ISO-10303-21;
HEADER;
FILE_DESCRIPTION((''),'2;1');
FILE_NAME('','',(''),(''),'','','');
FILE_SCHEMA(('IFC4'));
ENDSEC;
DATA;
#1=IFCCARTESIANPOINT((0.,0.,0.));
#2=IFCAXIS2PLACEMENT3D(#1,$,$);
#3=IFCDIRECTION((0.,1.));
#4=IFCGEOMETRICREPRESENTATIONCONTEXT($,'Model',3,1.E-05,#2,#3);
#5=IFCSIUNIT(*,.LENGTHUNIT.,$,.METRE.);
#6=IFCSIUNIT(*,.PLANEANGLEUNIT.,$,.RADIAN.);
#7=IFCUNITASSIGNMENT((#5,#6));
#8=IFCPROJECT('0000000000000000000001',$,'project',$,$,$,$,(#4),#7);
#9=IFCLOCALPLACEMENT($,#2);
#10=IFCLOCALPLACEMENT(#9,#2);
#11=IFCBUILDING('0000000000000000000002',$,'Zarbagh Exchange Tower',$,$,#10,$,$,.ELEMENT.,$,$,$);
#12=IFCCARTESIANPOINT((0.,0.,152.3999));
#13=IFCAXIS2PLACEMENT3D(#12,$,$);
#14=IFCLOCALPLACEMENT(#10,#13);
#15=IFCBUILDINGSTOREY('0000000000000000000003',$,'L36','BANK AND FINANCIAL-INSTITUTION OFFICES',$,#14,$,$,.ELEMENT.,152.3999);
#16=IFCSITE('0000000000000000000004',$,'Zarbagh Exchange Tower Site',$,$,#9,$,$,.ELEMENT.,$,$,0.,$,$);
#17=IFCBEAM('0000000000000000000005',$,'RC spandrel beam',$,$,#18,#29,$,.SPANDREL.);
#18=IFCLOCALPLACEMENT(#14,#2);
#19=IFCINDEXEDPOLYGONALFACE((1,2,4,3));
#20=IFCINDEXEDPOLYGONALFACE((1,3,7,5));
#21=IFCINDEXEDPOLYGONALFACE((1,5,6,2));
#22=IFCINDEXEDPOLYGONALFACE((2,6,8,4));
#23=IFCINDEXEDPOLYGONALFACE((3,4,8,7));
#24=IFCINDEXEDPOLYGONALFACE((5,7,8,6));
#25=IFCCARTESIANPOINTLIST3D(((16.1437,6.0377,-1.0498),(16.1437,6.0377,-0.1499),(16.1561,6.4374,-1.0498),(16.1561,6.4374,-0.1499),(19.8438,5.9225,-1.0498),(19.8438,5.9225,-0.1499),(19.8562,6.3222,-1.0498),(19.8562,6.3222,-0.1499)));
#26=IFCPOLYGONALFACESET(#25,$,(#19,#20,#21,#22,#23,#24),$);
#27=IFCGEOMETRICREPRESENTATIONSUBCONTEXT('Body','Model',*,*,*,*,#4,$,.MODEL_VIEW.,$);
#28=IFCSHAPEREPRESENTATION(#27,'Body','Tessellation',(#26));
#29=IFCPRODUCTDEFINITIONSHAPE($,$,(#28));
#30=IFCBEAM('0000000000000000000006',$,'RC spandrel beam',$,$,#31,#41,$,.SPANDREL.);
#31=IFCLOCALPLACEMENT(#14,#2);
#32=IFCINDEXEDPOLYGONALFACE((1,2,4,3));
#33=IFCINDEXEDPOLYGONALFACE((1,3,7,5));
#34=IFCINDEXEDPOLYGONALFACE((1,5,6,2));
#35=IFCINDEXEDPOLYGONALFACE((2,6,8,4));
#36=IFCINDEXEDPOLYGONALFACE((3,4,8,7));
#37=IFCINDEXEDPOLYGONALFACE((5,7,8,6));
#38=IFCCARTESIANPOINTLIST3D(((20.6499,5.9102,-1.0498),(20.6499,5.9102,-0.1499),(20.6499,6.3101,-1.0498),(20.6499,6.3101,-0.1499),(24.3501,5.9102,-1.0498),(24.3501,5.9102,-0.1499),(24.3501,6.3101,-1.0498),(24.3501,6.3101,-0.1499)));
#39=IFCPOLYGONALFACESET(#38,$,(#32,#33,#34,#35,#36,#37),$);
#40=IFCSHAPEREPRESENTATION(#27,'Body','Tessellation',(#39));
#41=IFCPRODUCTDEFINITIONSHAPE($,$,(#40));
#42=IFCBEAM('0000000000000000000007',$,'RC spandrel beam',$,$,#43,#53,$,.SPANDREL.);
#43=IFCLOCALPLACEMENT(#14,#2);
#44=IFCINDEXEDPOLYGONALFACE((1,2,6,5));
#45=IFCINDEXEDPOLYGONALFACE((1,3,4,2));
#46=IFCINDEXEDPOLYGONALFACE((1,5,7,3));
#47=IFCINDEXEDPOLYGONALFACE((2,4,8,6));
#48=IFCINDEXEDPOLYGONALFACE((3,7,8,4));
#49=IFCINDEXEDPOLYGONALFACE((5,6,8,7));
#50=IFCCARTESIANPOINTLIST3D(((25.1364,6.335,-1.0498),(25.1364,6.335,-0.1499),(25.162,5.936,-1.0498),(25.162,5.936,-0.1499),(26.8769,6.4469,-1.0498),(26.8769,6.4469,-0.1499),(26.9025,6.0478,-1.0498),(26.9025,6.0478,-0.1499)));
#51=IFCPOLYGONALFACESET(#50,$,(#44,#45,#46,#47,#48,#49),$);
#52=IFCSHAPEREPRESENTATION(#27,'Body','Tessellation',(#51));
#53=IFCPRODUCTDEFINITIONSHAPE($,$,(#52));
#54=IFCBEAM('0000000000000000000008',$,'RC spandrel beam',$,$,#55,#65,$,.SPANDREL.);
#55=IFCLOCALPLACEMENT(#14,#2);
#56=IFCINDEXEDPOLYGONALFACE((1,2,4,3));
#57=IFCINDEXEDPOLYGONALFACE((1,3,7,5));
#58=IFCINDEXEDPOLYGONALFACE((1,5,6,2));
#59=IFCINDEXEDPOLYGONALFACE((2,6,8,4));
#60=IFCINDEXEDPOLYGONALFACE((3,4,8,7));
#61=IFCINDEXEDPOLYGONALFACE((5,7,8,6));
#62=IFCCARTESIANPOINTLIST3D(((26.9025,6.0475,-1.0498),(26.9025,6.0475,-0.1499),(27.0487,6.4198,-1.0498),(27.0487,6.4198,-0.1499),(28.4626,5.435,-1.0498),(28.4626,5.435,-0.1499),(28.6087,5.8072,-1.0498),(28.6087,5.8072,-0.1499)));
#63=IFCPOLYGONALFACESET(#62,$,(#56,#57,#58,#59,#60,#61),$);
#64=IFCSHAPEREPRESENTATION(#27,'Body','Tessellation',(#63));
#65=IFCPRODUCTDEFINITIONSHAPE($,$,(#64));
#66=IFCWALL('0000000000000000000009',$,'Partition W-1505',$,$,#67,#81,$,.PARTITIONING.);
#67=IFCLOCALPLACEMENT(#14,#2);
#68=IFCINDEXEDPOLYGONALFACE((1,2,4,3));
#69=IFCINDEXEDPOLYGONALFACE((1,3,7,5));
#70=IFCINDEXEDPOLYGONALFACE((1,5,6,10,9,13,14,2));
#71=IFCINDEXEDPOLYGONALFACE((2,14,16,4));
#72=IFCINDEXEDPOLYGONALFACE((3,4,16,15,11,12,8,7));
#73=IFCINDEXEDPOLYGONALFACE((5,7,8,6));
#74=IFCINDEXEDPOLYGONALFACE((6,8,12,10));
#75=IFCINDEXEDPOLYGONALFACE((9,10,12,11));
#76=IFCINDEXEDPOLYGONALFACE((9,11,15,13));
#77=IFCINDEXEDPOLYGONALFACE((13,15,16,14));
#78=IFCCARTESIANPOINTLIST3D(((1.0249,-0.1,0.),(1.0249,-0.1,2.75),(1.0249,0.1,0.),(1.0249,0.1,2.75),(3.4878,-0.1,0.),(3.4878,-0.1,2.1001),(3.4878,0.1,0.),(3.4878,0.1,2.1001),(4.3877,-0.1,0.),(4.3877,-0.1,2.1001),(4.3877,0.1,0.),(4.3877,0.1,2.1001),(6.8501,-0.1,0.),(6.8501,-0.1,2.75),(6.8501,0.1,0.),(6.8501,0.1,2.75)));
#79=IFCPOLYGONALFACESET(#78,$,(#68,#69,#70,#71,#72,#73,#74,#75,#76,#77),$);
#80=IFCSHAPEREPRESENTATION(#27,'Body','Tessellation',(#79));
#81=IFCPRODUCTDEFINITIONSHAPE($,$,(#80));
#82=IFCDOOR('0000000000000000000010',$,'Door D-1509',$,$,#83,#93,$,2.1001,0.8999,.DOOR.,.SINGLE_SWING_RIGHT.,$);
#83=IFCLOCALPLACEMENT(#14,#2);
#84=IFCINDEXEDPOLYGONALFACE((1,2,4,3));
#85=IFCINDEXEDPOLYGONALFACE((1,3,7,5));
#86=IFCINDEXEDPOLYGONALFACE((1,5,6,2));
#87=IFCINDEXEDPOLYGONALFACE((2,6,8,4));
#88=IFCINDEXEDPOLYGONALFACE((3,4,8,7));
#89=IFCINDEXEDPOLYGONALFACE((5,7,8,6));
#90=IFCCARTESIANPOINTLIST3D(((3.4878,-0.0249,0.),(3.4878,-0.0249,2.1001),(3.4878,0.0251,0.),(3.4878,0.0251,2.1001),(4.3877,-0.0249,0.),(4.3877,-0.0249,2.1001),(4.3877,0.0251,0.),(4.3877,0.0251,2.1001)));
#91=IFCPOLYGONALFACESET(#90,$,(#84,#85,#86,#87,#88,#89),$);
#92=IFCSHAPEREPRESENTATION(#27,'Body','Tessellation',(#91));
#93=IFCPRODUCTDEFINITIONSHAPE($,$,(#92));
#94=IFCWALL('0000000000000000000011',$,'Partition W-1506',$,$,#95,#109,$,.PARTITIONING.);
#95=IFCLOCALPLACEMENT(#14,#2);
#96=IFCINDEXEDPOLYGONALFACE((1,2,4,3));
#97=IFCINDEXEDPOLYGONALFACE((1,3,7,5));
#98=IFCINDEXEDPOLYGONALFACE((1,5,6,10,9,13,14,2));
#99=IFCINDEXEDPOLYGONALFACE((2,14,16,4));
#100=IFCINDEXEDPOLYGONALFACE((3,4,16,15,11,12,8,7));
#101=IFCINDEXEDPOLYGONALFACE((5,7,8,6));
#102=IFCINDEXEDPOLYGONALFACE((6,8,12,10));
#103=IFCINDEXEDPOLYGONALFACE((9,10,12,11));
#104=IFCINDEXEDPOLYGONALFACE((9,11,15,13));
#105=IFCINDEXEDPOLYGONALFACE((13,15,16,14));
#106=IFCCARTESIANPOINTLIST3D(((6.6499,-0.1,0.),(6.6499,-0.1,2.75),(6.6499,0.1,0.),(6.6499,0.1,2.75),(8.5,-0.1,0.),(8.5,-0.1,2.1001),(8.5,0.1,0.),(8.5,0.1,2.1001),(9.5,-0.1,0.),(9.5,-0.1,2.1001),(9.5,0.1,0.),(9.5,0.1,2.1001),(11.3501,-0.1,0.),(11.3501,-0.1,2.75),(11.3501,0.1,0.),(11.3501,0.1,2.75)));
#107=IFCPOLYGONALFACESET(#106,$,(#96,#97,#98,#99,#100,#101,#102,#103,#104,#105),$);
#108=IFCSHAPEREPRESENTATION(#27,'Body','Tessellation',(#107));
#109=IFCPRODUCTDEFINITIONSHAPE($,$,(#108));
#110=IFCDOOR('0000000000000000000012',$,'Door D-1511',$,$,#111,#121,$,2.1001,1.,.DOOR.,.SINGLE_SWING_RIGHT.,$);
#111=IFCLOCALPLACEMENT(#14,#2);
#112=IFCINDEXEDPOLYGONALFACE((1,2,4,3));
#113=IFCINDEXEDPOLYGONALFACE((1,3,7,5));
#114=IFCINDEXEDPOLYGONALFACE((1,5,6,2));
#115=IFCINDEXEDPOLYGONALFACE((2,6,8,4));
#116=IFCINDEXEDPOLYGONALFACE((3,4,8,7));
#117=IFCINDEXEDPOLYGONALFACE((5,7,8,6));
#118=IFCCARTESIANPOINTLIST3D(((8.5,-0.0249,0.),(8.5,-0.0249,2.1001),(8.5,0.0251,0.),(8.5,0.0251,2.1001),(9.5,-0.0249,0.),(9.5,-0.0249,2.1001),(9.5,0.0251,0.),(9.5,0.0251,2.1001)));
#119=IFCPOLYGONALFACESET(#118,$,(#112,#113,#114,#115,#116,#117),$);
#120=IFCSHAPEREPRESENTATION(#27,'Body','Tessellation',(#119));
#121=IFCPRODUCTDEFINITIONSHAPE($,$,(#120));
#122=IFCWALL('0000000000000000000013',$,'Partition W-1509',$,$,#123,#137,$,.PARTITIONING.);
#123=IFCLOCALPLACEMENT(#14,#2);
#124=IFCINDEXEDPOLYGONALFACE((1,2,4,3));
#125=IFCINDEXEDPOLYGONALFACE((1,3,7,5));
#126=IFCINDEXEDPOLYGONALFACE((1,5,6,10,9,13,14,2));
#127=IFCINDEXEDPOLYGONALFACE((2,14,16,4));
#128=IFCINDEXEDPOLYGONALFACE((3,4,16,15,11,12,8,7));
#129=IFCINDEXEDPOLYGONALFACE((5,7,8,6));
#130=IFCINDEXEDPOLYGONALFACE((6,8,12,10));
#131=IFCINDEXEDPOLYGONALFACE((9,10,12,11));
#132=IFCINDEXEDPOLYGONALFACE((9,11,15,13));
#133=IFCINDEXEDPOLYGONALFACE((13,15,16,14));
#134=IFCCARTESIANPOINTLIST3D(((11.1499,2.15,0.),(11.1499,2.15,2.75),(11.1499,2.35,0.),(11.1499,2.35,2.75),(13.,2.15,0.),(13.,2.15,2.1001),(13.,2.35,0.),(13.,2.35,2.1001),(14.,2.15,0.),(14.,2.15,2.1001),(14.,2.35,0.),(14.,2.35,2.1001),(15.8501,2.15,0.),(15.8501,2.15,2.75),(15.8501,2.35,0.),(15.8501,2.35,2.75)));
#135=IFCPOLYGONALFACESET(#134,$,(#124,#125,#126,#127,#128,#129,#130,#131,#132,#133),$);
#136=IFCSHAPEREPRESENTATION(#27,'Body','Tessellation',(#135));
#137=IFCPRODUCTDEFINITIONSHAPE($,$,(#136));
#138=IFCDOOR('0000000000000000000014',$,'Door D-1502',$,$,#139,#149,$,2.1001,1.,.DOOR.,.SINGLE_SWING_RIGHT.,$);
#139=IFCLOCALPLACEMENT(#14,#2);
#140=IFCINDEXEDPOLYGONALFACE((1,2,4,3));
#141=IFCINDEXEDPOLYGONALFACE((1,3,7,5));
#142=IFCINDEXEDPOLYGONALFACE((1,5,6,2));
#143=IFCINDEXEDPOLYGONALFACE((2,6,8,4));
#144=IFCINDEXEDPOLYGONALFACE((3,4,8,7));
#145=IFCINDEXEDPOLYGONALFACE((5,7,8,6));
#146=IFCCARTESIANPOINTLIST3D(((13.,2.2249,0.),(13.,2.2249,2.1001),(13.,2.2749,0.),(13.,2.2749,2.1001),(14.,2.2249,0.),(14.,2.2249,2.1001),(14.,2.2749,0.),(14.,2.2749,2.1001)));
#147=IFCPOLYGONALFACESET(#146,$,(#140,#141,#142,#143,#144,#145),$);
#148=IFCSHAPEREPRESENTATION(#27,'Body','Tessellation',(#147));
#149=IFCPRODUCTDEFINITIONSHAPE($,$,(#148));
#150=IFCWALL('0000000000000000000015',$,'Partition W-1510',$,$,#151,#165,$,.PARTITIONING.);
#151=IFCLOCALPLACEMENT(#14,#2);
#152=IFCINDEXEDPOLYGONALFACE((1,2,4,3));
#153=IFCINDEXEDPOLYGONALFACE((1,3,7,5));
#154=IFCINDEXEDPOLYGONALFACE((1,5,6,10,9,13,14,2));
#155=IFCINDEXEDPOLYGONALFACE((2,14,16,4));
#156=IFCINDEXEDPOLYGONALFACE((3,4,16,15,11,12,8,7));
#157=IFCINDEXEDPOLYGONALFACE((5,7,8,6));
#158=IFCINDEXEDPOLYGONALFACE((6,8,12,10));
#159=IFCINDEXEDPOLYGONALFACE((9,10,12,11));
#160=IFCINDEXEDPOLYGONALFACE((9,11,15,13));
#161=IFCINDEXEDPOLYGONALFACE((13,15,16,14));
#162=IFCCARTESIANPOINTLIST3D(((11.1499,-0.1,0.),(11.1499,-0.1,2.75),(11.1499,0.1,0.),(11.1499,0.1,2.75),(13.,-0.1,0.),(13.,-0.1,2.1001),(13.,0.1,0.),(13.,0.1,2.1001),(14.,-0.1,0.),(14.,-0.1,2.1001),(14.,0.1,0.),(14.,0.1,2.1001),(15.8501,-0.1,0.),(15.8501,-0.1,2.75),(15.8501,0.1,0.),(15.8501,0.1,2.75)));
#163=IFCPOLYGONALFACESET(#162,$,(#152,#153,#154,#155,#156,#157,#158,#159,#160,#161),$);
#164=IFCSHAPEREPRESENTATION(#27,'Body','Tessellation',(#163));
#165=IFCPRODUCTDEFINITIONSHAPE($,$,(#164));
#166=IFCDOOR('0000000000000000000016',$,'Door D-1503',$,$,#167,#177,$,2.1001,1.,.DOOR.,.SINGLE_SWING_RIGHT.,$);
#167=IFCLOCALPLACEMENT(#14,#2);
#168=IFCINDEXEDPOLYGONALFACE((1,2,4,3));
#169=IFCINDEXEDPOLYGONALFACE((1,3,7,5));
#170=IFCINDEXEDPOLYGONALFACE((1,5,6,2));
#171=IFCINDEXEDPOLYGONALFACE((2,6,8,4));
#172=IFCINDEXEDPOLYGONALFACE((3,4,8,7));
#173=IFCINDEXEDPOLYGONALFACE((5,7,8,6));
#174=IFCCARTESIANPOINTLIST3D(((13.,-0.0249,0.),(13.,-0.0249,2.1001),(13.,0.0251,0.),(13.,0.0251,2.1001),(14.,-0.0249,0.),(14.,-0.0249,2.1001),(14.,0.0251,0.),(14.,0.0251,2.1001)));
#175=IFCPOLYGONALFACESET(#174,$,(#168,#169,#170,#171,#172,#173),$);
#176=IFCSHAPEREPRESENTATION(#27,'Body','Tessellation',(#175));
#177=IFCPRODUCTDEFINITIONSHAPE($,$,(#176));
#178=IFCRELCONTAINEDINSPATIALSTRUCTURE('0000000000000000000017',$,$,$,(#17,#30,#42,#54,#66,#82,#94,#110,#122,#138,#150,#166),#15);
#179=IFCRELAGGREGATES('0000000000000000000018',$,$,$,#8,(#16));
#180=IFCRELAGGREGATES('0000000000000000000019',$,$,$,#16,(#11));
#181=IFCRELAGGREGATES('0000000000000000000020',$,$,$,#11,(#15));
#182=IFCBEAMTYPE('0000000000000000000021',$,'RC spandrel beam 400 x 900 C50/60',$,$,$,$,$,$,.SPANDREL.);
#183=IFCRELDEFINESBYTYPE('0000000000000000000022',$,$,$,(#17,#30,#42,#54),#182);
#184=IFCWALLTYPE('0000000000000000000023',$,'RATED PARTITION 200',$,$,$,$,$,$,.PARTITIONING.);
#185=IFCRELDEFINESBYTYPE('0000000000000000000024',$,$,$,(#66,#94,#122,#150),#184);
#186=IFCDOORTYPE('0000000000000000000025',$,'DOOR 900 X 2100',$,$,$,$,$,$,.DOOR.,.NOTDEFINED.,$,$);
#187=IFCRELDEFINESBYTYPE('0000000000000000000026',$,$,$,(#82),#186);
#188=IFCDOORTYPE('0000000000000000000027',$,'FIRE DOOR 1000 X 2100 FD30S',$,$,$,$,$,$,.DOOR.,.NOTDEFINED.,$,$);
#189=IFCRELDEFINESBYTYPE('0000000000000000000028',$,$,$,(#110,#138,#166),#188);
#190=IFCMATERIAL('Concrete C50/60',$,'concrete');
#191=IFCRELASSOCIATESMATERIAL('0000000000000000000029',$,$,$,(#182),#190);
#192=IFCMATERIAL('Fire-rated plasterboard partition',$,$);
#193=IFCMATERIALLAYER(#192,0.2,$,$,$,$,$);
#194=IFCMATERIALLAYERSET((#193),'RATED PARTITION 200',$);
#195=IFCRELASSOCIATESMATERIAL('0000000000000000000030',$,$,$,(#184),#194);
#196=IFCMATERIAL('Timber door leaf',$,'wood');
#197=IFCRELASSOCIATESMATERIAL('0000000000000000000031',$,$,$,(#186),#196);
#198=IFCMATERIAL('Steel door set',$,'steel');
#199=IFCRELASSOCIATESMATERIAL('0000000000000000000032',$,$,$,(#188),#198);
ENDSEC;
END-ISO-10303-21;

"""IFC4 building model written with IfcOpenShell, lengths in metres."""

from ifc_helpers import new_model, si_unit, direction, frame, frame_2d, origin, origin_2d, place, context, subcontext, project, spatial, rectangle, extrude, material, layer, layer_set, material_profile, profile_set, type_object, element, fill, save


model = new_model("IFC4")

# Units and contexts
model_context = context("Model", 3, precision=1e-05, world=origin(), true_north=direction((0.0, 1.0)))
body_context = subcontext(model_context, "Body", "Model", "MODEL_VIEW")
ifc_project = project(units=[si_unit("LENGTHUNIT", "METRE"), si_unit("PLANEANGLEUNIT", "RADIAN")], contexts=[model_context])

# Site, building, storey
site_placement = place(None, origin())
site = spatial("IfcSite", under=ifc_project, at=site_placement, Name="Zarbagh Exchange Tower Site", CompositionType="ELEMENT", RefElevation=0.0)
building_placement = place(site_placement, origin())
building = spatial("IfcBuilding", under=site, at=building_placement, Name="Zarbagh Exchange Tower", CompositionType="ELEMENT")
storey_placement = place(building_placement, frame((0.0, 0.0, 152.3999)))
storey = spatial("IfcBuildingStorey", under=building, at=storey_placement, Name="L36", Description="BANK AND FINANCIAL-INSTITUTION OFFICES", CompositionType="ELEMENT", Elevation=152.3999)

# Shared definitions
ifc_material_1 = material(Name="Concrete C50/60", Category="concrete")

# Beams
ifc_material_profile_1 = material_profile(ifc_material_1, rectangle(XDim=0.3999, YDim=0.8999, at=origin_2d()), Name="RC spandrel beam 400 x 900 C50/60")
ifc_profile_set_1 = profile_set([ifc_material_profile_1], Name="Concrete C50/60")
beam_type_1 = type_object("IfcBeamType", Name="RC spandrel beam 400 x 900 C50/60", PredefinedType="SPANDREL", material=ifc_profile_set_1)
beam_1_placement = place(storey_placement, frame((16.1499, 6.2375, -0.5999), z_axis=(0.999515, -0.031128, 0.0), x_axis=(0.031128, 0.999515, 0.0)))
element("IfcBeam", 1, at=beam_1_placement, inside=storey, type_object=beam_type_1, Name="RC spandrel beam", PredefinedType="SPANDREL", context=body_context, shape_type="SweptSolid", body=[
    extrude(rectangle(XDim=0.3999, YDim=0.8999, at=origin_2d()), origin(), (0.0, 0.0, 1.0), 3.7019),
])
beam_2_placement = place(storey_placement, frame((20.6499, 6.1101, -0.5999), z_axis=(1.0, 0.0, 0.0), x_axis=(0.0, 1.0, 0.0)))
element("IfcBeam", 2, at=beam_2_placement, inside=storey, type_object=beam_type_1, Name="RC spandrel beam", PredefinedType="SPANDREL", context=body_context, shape_type="SweptSolid", body=[
    extrude(rectangle(XDim=0.3999, YDim=0.8999, at=origin_2d()), origin(), (0.0, 0.0, 1.0), 3.7002),
])
beam_3_placement = place(storey_placement, frame((25.1492, 6.1355, -0.5999), z_axis=(0.997943, 0.064112, 0.0), x_axis=(-0.064112, 0.997943, 0.0)))
element("IfcBeam", 3, at=beam_3_placement, inside=storey, type_object=beam_type_1, Name="RC spandrel beam", PredefinedType="SPANDREL", context=body_context, shape_type="SweptSolid", body=[
    extrude(rectangle(XDim=0.3999, YDim=0.8999, at=origin_2d()), origin(), (0.0, 0.0, 1.0), 1.7441),
])
beam_4_placement = place(storey_placement, frame((26.9756, 6.2336, -0.5999), z_axis=(0.930819, -0.365481, 0.0), x_axis=(0.365481, 0.930819, 0.0)))
element("IfcBeam", 4, at=beam_4_placement, inside=storey, type_object=beam_type_1, Name="RC spandrel beam", PredefinedType="SPANDREL", context=body_context, shape_type="SweptSolid", body=[
    extrude(rectangle(XDim=0.3999, YDim=0.8999, at=origin_2d()), origin(), (0.0, 0.0, 1.0), 1.676),
])

# Walls, openings, doors
ifc_material_2 = material(Name="Fire-rated plasterboard partition")
ifc_layer = layer(ifc_material_2, 0.2)
ifc_layer_set = layer_set([ifc_layer], Name="RATED PARTITION 200")
wall_type = type_object("IfcWallType", Name="RATED PARTITION 200", PredefinedType="PARTITIONING", material=ifc_layer_set)
wall_1_placement = place(storey_placement, frame((6.8501, 0.0, 0.0), z_axis=(0.0, 0.0, 1.0), x_axis=(-1.0, 0.0, 0.0)))
wall_1 = element("IfcWall", 5, at=wall_1_placement, inside=storey, type_object=wall_type, Name="Partition W-1505", PredefinedType="PARTITIONING", context=body_context, shape_type="SweptSolid", body=[
    extrude(rectangle(XDim=5.8252, YDim=0.2, at=frame_2d((2.9126, 0.0))), origin(), (0.0, 0.0, 1.0), 2.75),
])
opening_1_placement = place(wall_1_placement, frame((2.4624, 0.0, 0.0)))
opening_1 = element("IfcOpeningElement", 6, at=opening_1_placement, cuts=wall_1, PredefinedType="OPENING", context=body_context, shape_type="SweptSolid", body=[
    extrude(rectangle(XDim=0.8999, YDim=2.1001, at=frame_2d((0.45, 1.05))), frame((0.0, 0.1099, 0.0), z_axis=(0.0, -1.0, 0.0), x_axis=(1.0, 0.0, 0.0)), (0.0, 0.0, 1.0), 0.22),
])
ifc_material_3 = material(Name="Timber door leaf", Category="wood")
door_type_1 = type_object("IfcDoorType", Name="DOOR 900 X 2100", OperationType="NOTDEFINED", PredefinedType="DOOR", material=ifc_material_3)
door_1_placement = place(opening_1_placement, origin())
door_1 = element("IfcDoor", 7, at=door_1_placement, inside=storey, type_object=door_type_1, Name="Door D-1509", OperationType="SINGLE_SWING_RIGHT", OverallHeight=2.1001, OverallWidth=0.8999, PredefinedType="DOOR", context=body_context, shape_type="SweptSolid", body=[
    extrude(rectangle(XDim=0.8999, YDim=2.1001, at=frame_2d((0.45, 1.05))), frame((0.0, 0.0249, 0.0), z_axis=(0.0, -1.0, 0.0), x_axis=(1.0, 0.0, 0.0)), (0.0, 0.0, 1.0), 0.05),
])
fill(opening_1, door_1)
wall_2_placement = place(storey_placement, frame((11.3501, 0.0, 0.0), z_axis=(0.0, 0.0, 1.0), x_axis=(-1.0, 0.0, 0.0)))
wall_2 = element("IfcWall", 8, at=wall_2_placement, inside=storey, type_object=wall_type, Name="Partition W-1506", PredefinedType="PARTITIONING", context=body_context, shape_type="SweptSolid", body=[
    extrude(rectangle(XDim=4.7002, YDim=0.2, at=frame_2d((2.3501, 0.0))), origin(), (0.0, 0.0, 1.0), 2.75),
])
opening_2_placement = place(wall_2_placement, frame((1.8501, 0.0, 0.0)))
opening_2 = element("IfcOpeningElement", 9, at=opening_2_placement, cuts=wall_2, PredefinedType="OPENING", context=body_context, shape_type="SweptSolid", body=[
    extrude(rectangle(XDim=1.0, YDim=2.1001, at=frame_2d((0.5, 1.05))), frame((0.0, 0.1099, 0.0), z_axis=(0.0, -1.0, 0.0), x_axis=(1.0, 0.0, 0.0)), (0.0, 0.0, 1.0), 0.22),
])
ifc_material_4 = material(Name="Steel door set", Category="steel")
door_type_2 = type_object("IfcDoorType", Name="FIRE DOOR 1000 X 2100 FD30S", OperationType="NOTDEFINED", PredefinedType="DOOR", material=ifc_material_4)
door_2_placement = place(opening_2_placement, origin())
door_2 = element("IfcDoor", 10, at=door_2_placement, inside=storey, type_object=door_type_2, Name="Door D-1511", OperationType="SINGLE_SWING_RIGHT", OverallHeight=2.1001, OverallWidth=1.0, PredefinedType="DOOR", context=body_context, shape_type="SweptSolid", body=[
    extrude(rectangle(XDim=1.0, YDim=2.1001, at=frame_2d((0.5, 1.05))), frame((0.0, 0.0249, 0.0), z_axis=(0.0, -1.0, 0.0), x_axis=(1.0, 0.0, 0.0)), (0.0, 0.0, 1.0), 0.05),
])
fill(opening_2, door_2)
wall_3_placement = place(storey_placement, frame((11.1499, 2.25, 0.0), z_axis=(0.0, 0.0, 1.0), x_axis=(1.0, 0.0, 0.0)))
wall_3 = element("IfcWall", 11, at=wall_3_placement, inside=storey, type_object=wall_type, Name="Partition W-1509", PredefinedType="PARTITIONING", context=body_context, shape_type="SweptSolid", body=[
    extrude(rectangle(XDim=4.7002, YDim=0.2, at=frame_2d((2.3501, 0.0))), origin(), (0.0, 0.0, 1.0), 2.75),
])
opening_3_placement = place(wall_3_placement, frame((1.8501, 0.0, 0.0)))
opening_3 = element("IfcOpeningElement", 12, at=opening_3_placement, cuts=wall_3, PredefinedType="OPENING", context=body_context, shape_type="SweptSolid", body=[
    extrude(rectangle(XDim=1.0, YDim=2.1001, at=frame_2d((0.5, 1.05))), frame((0.0, 0.1099, 0.0), z_axis=(0.0, -1.0, 0.0), x_axis=(1.0, 0.0, 0.0)), (0.0, 0.0, 1.0), 0.22),
])
door_3_placement = place(opening_3_placement, origin())
door_3 = element("IfcDoor", 13, at=door_3_placement, inside=storey, type_object=door_type_2, Name="Door D-1502", OperationType="SINGLE_SWING_RIGHT", OverallHeight=2.1001, OverallWidth=1.0, PredefinedType="DOOR", context=body_context, shape_type="SweptSolid", body=[
    extrude(rectangle(XDim=1.0, YDim=2.1001, at=frame_2d((0.5, 1.05))), frame((0.0, 0.0249, 0.0), z_axis=(0.0, -1.0, 0.0), x_axis=(1.0, 0.0, 0.0)), (0.0, 0.0, 1.0), 0.05),
])
fill(opening_3, door_3)
wall_4_placement = place(storey_placement, frame((15.8501, 0.0, 0.0), z_axis=(0.0, 0.0, 1.0), x_axis=(-1.0, 0.0, 0.0)))
wall_4 = element("IfcWall", 14, at=wall_4_placement, inside=storey, type_object=wall_type, Name="Partition W-1510", PredefinedType="PARTITIONING", context=body_context, shape_type="SweptSolid", body=[
    extrude(rectangle(XDim=4.7002, YDim=0.2, at=frame_2d((2.3501, 0.0))), origin(), (0.0, 0.0, 1.0), 2.75),
])
opening_4_placement = place(wall_4_placement, frame((1.8501, 0.0, 0.0)))
opening_4 = element("IfcOpeningElement", 15, at=opening_4_placement, cuts=wall_4, PredefinedType="OPENING", context=body_context, shape_type="SweptSolid", body=[
    extrude(rectangle(XDim=1.0, YDim=2.1001, at=frame_2d((0.5, 1.05))), frame((0.0, 0.1099, 0.0), z_axis=(0.0, -1.0, 0.0), x_axis=(1.0, 0.0, 0.0)), (0.0, 0.0, 1.0), 0.22),
])
door_4_placement = place(opening_4_placement, origin())
door_4 = element("IfcDoor", 16, at=door_4_placement, inside=storey, type_object=door_type_2, Name="Door D-1503", OperationType="SINGLE_SWING_RIGHT", OverallHeight=2.1001, OverallWidth=1.0, PredefinedType="DOOR", context=body_context, shape_type="SweptSolid", body=[
    extrude(rectangle(XDim=1.0, YDim=2.1001, at=frame_2d((0.5, 1.05))), frame((0.0, 0.0249, 0.0), z_axis=(0.0, -1.0, 0.0), x_axis=(1.0, 0.0, 0.0)), (0.0, 0.0, 1.0), 0.05),
])
fill(opening_4, door_4)

save(model, "model.ifc")
